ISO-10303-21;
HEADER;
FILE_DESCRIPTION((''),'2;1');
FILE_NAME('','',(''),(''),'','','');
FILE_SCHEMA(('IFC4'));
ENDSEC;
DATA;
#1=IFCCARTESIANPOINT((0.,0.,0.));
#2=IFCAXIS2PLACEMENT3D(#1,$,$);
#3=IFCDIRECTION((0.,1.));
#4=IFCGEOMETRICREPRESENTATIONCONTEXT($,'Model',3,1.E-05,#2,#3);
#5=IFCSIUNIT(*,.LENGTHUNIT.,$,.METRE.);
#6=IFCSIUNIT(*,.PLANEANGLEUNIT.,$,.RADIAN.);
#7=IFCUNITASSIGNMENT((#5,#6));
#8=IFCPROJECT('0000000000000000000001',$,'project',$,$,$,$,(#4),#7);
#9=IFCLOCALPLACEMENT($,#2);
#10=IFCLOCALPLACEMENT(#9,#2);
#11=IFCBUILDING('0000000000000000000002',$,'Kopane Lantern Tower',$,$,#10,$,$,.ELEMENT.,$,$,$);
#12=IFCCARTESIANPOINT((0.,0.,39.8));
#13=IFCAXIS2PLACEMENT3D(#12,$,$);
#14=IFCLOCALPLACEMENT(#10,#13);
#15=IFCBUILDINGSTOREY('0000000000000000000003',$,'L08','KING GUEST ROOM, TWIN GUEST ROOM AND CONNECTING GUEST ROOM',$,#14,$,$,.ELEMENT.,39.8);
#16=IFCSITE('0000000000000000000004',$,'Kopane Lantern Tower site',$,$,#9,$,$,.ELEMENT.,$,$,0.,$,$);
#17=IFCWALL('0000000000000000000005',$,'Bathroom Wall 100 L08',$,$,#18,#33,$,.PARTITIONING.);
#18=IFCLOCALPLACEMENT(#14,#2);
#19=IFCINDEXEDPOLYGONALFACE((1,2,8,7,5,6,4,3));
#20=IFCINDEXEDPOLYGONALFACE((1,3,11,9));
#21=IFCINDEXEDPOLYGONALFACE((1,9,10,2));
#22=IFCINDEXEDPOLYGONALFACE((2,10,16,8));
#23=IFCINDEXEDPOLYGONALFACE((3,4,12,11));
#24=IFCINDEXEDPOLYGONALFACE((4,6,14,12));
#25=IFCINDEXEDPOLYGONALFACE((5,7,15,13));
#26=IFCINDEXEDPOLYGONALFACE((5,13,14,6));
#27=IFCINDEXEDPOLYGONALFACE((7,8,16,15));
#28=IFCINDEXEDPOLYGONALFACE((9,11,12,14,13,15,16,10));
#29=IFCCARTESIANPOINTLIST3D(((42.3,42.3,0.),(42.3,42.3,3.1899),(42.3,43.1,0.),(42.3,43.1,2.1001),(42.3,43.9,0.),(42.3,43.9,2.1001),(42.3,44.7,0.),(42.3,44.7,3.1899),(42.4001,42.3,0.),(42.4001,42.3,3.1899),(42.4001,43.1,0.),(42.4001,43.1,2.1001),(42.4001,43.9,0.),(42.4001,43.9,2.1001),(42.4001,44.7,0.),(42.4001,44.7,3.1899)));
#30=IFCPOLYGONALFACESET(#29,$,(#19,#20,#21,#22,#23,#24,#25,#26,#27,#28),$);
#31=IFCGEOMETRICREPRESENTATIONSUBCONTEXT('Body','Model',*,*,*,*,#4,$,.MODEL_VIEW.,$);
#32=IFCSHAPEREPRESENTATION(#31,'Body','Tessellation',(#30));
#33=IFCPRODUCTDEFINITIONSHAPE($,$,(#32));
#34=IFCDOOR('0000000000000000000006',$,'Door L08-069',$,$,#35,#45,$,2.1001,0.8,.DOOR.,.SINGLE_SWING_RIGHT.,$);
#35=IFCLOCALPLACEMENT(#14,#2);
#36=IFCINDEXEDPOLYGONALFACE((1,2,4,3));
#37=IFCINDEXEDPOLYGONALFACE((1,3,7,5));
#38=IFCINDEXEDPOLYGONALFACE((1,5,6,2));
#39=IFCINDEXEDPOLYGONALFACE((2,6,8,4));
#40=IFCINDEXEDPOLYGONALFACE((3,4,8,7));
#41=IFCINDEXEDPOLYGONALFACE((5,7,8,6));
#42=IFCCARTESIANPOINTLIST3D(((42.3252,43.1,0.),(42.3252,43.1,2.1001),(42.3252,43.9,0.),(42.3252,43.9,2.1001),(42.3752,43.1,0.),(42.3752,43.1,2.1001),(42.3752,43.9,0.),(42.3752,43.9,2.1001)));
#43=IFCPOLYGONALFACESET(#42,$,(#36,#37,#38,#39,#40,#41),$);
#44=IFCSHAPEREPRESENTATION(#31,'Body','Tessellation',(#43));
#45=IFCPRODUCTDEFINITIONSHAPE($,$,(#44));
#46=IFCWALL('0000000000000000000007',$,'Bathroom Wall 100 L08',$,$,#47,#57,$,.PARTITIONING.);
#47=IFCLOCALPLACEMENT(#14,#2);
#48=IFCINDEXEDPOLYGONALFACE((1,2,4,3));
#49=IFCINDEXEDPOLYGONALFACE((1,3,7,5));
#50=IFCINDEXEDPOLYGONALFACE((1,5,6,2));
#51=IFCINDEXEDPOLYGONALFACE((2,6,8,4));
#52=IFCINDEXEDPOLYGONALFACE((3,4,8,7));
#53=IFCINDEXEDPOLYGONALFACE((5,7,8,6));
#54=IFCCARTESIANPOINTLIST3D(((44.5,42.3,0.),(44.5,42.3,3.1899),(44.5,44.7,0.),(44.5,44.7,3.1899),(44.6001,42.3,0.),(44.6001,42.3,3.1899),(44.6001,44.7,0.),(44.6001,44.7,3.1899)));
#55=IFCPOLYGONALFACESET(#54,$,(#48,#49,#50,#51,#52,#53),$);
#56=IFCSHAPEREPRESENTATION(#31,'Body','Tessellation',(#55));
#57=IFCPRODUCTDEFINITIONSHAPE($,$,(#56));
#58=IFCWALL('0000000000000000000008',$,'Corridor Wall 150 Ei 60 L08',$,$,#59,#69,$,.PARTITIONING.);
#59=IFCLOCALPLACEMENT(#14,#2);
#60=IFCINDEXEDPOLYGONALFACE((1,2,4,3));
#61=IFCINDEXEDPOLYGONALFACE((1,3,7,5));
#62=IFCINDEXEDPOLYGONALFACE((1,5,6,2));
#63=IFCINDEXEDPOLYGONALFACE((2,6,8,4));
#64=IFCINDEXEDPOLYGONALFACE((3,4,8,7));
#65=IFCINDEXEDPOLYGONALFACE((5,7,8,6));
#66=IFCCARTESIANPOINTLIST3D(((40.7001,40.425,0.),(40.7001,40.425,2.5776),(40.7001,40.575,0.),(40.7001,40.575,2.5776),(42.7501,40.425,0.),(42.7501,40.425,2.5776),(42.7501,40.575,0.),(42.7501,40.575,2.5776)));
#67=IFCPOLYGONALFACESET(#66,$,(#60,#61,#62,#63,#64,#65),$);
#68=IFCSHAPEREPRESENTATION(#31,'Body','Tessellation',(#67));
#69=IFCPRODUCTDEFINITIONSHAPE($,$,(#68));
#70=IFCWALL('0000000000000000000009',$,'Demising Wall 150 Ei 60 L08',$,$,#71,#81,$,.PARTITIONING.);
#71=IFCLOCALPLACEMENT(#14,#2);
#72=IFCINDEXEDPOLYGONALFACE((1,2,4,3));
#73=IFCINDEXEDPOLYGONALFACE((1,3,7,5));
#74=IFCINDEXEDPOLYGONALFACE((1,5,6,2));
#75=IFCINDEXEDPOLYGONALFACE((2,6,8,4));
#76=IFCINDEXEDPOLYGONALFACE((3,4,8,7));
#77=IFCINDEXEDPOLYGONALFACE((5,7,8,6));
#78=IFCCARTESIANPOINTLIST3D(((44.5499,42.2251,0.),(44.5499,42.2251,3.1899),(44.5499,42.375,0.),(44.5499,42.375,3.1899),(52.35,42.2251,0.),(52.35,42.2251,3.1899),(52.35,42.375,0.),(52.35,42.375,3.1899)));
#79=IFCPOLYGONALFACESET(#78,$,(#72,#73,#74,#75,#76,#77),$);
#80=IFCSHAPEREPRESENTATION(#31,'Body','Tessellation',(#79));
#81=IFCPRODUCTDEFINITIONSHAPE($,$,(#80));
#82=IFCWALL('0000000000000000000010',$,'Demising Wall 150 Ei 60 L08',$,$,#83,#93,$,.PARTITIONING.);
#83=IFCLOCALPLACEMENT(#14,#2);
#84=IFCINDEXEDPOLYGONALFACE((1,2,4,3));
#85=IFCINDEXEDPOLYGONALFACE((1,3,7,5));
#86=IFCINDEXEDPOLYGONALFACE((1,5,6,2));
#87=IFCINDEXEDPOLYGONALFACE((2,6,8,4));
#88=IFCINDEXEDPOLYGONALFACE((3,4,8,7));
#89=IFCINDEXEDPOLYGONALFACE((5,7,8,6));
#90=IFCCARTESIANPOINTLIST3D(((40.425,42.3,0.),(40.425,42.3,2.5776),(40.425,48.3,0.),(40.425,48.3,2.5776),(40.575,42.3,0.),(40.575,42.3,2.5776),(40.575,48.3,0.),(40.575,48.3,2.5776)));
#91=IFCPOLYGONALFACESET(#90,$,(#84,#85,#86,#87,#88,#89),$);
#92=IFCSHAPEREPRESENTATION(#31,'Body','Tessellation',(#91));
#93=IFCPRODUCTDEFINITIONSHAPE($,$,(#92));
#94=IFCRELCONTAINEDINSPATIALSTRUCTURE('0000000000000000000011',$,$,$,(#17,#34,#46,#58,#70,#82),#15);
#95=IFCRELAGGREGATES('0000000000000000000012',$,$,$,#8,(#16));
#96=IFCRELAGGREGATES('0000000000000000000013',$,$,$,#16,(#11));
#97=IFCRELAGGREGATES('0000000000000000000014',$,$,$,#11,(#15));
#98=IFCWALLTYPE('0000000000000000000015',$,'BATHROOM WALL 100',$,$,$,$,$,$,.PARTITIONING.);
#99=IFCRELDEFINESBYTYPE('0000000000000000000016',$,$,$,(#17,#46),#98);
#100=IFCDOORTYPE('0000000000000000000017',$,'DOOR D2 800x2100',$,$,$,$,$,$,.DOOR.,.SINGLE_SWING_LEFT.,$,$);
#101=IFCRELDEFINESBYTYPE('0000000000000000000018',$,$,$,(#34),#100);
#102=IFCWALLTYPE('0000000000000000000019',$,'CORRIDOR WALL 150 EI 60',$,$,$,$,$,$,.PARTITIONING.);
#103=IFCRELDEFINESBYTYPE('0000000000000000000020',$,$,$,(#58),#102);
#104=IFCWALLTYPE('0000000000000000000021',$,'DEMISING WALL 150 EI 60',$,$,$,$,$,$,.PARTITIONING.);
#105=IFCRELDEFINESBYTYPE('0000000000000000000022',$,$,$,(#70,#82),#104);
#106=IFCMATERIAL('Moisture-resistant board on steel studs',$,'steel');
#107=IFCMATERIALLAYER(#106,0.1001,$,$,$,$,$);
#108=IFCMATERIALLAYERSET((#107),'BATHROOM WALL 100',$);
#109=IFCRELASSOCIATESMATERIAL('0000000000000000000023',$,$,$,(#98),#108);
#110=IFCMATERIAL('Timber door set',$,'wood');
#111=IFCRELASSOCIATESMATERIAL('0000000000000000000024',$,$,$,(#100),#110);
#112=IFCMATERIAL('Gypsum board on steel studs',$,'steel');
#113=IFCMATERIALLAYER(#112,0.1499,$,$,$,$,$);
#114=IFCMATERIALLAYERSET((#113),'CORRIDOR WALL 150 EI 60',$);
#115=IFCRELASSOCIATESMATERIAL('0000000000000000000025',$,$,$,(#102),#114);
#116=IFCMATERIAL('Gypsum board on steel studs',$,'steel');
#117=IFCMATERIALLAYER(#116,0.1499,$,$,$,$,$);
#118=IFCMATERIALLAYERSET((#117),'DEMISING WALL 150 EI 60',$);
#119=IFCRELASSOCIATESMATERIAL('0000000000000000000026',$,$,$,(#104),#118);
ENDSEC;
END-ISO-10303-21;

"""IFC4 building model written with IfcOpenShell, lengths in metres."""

from ifc_helpers import new_model, si_unit, direction, frame, frame_2d, origin, place, context, subcontext, project, spatial, rectangle, extrude, material, layer, layer_set, type_object, element, fill, save


model = new_model("IFC4")

# Units and contexts
model_context = context("Model", 3, precision=1e-05, world=origin(), true_north=direction((0.0, 1.0)))
body_context = subcontext(model_context, "Body", "Model", "MODEL_VIEW")
ifc_project = project(units=[si_unit("LENGTHUNIT", "METRE"), si_unit("PLANEANGLEUNIT", "RADIAN")], contexts=[model_context])

# Site, building, storey
site_placement = place(None, origin())
site = spatial("IfcSite", under=ifc_project, at=site_placement, Name="Kopane Lantern Tower site", CompositionType="ELEMENT", RefElevation=0.0)
building_placement = place(site_placement, origin())
building = spatial("IfcBuilding", under=site, at=building_placement, Name="Kopane Lantern Tower", CompositionType="ELEMENT")
storey_placement = place(building_placement, frame((0.0, 0.0, 39.8)))
storey = spatial("IfcBuildingStorey", under=building, at=storey_placement, Name="L08", Description="KING GUEST ROOM, TWIN GUEST ROOM AND CONNECTING GUEST ROOM", CompositionType="ELEMENT", Elevation=39.8)

# Wall, opening, door
ifc_material_1 = material(Name="Moisture-resistant board on steel studs", Category="steel")
ifc_layer_1 = layer(ifc_material_1, 0.1001)
ifc_layer_set_1 = layer_set([ifc_layer_1], Name="BATHROOM WALL 100")
wall_type_1 = type_object("IfcWallType", Name="BATHROOM WALL 100", PredefinedType="PARTITIONING", material=ifc_layer_set_1)
wall_1_placement = place(storey_placement, frame((42.3501, 42.3, 0.0), z_axis=(0.0, 0.0, 1.0), x_axis=(0.0, 1.0, 0.0)))
wall_1 = element("IfcWall", 1, at=wall_1_placement, inside=storey, type_object=wall_type_1, Name="Bathroom Wall 100 L08", PredefinedType="PARTITIONING", context=body_context, shape_type="SweptSolid", body=[
    extrude(rectangle(XDim=2.3999, YDim=0.1001, at=frame_2d((1.2, 0.0))), origin(), (0.0, 0.0, 1.0), 3.1899),
])
opening_1_placement = place(wall_1_placement, frame((0.8, 0.0, 0.0)))
opening_1 = element("IfcOpeningElement", 2, at=opening_1_placement, cuts=wall_1, PredefinedType="OPENING", context=body_context, shape_type="SweptSolid", body=[
    extrude(rectangle(XDim=0.8, YDim=2.1001, at=frame_2d((0.3999, 1.05))), frame((0.0, 0.0601, 0.0), z_axis=(0.0, -1.0, 0.0), x_axis=(1.0, 0.0, 0.0)), (0.0, 0.0, 1.0), 0.1201),
])
ifc_material_2 = material(Name="Timber door set", Category="wood")
door_type_1 = type_object("IfcDoorType", Name="DOOR D2 800x2100", OperationType="SINGLE_SWING_LEFT", PredefinedType="DOOR", material=ifc_material_2)
door_1_placement = place(opening_1_placement, origin())
door_1 = element("IfcDoor", 3, at=door_1_placement, inside=storey, type_object=door_type_1, Name="Door L08-069", OperationType="SINGLE_SWING_RIGHT", OverallHeight=2.1001, OverallWidth=0.8, PredefinedType="DOOR", context=body_context, shape_type="SweptSolid", body=[
    extrude(rectangle(XDim=0.8, YDim=2.1001, at=frame_2d((0.3999, 1.05))), frame((0.0, 0.0249, 0.0), z_axis=(0.0, -1.0, 0.0), x_axis=(1.0, 0.0, 0.0)), (0.0, 0.0, 1.0), 0.05),
])
fill(opening_1, door_1)

# Walls
wall_2_placement = place(storey_placement, frame((44.55, 42.3, 0.0), z_axis=(0.0, 0.0, 1.0), x_axis=(0.0, 1.0, 0.0)))
element("IfcWall", 4, at=wall_2_placement, inside=storey, type_object=wall_type_1, Name="Bathroom Wall 100 L08", PredefinedType="PARTITIONING", context=body_context, shape_type="SweptSolid", body=[
    extrude(rectangle(XDim=2.3999, YDim=0.1001, at=frame_2d((1.2, 0.0))), origin(), (0.0, 0.0, 1.0), 3.1899),
])
ifc_material_3 = material(Name="Gypsum board on steel studs", Category="steel")
ifc_layer_2 = layer(ifc_material_3, 0.1499)
ifc_layer_set_2 = layer_set([ifc_layer_2], Name="CORRIDOR WALL 150 EI 60")
wall_type_2 = type_object("IfcWallType", Name="CORRIDOR WALL 150 EI 60", PredefinedType="PARTITIONING", material=ifc_layer_set_2)
wall_3_placement = place(storey_placement, frame((42.75, 40.5, 0.0), z_axis=(0.0, 0.0, 1.0), x_axis=(-1.0, 0.0, 0.0)))
element("IfcWall", 5, at=wall_3_placement, inside=storey, type_object=wall_type_2, Name="Corridor Wall 150 Ei 60 L08", PredefinedType="PARTITIONING", context=body_context, shape_type="SweptSolid", body=[
    extrude(rectangle(XDim=2.05, YDim=0.1499, at=frame_2d((1.0249, 0.0))), origin(), (0.0, 0.0, 1.0), 2.5776),
])
ifc_material_4 = material(Name="Gypsum board on steel studs", Category="steel")
ifc_layer_3 = layer(ifc_material_4, 0.1499)
ifc_layer_set_3 = layer_set([ifc_layer_3], Name="DEMISING WALL 150 EI 60")
wall_type_3 = type_object("IfcWallType", Name="DEMISING WALL 150 EI 60", PredefinedType="PARTITIONING", material=ifc_layer_set_3)
wall_4_placement = place(storey_placement, frame((44.55, 42.3, 0.0), z_axis=(0.0, 0.0, 1.0), x_axis=(1.0, 0.0, 0.0)))
element("IfcWall", 6, at=wall_4_placement, inside=storey, type_object=wall_type_3, Name="Demising Wall 150 Ei 60 L08", PredefinedType="PARTITIONING", context=body_context, shape_type="SweptSolid", body=[
    extrude(rectangle(XDim=7.8, YDim=0.1499, at=frame_2d((3.8999, 0.0))), origin(), (0.0, 0.0, 1.0), 3.1899),
])
wall_5_placement = place(storey_placement, frame((40.5, 42.3, 0.0), z_axis=(0.0, 0.0, 1.0), x_axis=(0.0, 1.0, 0.0)))
element("IfcWall", 7, at=wall_5_placement, inside=storey, type_object=wall_type_3, Name="Demising Wall 150 Ei 60 L08", PredefinedType="PARTITIONING", context=body_context, shape_type="SweptSolid", body=[
    extrude(rectangle(XDim=6.0, YDim=0.1499, at=frame_2d((3.0, 0.0))), origin(), (0.0, 0.0, 1.0), 2.5776),
])

save(model, "model.ifc")
